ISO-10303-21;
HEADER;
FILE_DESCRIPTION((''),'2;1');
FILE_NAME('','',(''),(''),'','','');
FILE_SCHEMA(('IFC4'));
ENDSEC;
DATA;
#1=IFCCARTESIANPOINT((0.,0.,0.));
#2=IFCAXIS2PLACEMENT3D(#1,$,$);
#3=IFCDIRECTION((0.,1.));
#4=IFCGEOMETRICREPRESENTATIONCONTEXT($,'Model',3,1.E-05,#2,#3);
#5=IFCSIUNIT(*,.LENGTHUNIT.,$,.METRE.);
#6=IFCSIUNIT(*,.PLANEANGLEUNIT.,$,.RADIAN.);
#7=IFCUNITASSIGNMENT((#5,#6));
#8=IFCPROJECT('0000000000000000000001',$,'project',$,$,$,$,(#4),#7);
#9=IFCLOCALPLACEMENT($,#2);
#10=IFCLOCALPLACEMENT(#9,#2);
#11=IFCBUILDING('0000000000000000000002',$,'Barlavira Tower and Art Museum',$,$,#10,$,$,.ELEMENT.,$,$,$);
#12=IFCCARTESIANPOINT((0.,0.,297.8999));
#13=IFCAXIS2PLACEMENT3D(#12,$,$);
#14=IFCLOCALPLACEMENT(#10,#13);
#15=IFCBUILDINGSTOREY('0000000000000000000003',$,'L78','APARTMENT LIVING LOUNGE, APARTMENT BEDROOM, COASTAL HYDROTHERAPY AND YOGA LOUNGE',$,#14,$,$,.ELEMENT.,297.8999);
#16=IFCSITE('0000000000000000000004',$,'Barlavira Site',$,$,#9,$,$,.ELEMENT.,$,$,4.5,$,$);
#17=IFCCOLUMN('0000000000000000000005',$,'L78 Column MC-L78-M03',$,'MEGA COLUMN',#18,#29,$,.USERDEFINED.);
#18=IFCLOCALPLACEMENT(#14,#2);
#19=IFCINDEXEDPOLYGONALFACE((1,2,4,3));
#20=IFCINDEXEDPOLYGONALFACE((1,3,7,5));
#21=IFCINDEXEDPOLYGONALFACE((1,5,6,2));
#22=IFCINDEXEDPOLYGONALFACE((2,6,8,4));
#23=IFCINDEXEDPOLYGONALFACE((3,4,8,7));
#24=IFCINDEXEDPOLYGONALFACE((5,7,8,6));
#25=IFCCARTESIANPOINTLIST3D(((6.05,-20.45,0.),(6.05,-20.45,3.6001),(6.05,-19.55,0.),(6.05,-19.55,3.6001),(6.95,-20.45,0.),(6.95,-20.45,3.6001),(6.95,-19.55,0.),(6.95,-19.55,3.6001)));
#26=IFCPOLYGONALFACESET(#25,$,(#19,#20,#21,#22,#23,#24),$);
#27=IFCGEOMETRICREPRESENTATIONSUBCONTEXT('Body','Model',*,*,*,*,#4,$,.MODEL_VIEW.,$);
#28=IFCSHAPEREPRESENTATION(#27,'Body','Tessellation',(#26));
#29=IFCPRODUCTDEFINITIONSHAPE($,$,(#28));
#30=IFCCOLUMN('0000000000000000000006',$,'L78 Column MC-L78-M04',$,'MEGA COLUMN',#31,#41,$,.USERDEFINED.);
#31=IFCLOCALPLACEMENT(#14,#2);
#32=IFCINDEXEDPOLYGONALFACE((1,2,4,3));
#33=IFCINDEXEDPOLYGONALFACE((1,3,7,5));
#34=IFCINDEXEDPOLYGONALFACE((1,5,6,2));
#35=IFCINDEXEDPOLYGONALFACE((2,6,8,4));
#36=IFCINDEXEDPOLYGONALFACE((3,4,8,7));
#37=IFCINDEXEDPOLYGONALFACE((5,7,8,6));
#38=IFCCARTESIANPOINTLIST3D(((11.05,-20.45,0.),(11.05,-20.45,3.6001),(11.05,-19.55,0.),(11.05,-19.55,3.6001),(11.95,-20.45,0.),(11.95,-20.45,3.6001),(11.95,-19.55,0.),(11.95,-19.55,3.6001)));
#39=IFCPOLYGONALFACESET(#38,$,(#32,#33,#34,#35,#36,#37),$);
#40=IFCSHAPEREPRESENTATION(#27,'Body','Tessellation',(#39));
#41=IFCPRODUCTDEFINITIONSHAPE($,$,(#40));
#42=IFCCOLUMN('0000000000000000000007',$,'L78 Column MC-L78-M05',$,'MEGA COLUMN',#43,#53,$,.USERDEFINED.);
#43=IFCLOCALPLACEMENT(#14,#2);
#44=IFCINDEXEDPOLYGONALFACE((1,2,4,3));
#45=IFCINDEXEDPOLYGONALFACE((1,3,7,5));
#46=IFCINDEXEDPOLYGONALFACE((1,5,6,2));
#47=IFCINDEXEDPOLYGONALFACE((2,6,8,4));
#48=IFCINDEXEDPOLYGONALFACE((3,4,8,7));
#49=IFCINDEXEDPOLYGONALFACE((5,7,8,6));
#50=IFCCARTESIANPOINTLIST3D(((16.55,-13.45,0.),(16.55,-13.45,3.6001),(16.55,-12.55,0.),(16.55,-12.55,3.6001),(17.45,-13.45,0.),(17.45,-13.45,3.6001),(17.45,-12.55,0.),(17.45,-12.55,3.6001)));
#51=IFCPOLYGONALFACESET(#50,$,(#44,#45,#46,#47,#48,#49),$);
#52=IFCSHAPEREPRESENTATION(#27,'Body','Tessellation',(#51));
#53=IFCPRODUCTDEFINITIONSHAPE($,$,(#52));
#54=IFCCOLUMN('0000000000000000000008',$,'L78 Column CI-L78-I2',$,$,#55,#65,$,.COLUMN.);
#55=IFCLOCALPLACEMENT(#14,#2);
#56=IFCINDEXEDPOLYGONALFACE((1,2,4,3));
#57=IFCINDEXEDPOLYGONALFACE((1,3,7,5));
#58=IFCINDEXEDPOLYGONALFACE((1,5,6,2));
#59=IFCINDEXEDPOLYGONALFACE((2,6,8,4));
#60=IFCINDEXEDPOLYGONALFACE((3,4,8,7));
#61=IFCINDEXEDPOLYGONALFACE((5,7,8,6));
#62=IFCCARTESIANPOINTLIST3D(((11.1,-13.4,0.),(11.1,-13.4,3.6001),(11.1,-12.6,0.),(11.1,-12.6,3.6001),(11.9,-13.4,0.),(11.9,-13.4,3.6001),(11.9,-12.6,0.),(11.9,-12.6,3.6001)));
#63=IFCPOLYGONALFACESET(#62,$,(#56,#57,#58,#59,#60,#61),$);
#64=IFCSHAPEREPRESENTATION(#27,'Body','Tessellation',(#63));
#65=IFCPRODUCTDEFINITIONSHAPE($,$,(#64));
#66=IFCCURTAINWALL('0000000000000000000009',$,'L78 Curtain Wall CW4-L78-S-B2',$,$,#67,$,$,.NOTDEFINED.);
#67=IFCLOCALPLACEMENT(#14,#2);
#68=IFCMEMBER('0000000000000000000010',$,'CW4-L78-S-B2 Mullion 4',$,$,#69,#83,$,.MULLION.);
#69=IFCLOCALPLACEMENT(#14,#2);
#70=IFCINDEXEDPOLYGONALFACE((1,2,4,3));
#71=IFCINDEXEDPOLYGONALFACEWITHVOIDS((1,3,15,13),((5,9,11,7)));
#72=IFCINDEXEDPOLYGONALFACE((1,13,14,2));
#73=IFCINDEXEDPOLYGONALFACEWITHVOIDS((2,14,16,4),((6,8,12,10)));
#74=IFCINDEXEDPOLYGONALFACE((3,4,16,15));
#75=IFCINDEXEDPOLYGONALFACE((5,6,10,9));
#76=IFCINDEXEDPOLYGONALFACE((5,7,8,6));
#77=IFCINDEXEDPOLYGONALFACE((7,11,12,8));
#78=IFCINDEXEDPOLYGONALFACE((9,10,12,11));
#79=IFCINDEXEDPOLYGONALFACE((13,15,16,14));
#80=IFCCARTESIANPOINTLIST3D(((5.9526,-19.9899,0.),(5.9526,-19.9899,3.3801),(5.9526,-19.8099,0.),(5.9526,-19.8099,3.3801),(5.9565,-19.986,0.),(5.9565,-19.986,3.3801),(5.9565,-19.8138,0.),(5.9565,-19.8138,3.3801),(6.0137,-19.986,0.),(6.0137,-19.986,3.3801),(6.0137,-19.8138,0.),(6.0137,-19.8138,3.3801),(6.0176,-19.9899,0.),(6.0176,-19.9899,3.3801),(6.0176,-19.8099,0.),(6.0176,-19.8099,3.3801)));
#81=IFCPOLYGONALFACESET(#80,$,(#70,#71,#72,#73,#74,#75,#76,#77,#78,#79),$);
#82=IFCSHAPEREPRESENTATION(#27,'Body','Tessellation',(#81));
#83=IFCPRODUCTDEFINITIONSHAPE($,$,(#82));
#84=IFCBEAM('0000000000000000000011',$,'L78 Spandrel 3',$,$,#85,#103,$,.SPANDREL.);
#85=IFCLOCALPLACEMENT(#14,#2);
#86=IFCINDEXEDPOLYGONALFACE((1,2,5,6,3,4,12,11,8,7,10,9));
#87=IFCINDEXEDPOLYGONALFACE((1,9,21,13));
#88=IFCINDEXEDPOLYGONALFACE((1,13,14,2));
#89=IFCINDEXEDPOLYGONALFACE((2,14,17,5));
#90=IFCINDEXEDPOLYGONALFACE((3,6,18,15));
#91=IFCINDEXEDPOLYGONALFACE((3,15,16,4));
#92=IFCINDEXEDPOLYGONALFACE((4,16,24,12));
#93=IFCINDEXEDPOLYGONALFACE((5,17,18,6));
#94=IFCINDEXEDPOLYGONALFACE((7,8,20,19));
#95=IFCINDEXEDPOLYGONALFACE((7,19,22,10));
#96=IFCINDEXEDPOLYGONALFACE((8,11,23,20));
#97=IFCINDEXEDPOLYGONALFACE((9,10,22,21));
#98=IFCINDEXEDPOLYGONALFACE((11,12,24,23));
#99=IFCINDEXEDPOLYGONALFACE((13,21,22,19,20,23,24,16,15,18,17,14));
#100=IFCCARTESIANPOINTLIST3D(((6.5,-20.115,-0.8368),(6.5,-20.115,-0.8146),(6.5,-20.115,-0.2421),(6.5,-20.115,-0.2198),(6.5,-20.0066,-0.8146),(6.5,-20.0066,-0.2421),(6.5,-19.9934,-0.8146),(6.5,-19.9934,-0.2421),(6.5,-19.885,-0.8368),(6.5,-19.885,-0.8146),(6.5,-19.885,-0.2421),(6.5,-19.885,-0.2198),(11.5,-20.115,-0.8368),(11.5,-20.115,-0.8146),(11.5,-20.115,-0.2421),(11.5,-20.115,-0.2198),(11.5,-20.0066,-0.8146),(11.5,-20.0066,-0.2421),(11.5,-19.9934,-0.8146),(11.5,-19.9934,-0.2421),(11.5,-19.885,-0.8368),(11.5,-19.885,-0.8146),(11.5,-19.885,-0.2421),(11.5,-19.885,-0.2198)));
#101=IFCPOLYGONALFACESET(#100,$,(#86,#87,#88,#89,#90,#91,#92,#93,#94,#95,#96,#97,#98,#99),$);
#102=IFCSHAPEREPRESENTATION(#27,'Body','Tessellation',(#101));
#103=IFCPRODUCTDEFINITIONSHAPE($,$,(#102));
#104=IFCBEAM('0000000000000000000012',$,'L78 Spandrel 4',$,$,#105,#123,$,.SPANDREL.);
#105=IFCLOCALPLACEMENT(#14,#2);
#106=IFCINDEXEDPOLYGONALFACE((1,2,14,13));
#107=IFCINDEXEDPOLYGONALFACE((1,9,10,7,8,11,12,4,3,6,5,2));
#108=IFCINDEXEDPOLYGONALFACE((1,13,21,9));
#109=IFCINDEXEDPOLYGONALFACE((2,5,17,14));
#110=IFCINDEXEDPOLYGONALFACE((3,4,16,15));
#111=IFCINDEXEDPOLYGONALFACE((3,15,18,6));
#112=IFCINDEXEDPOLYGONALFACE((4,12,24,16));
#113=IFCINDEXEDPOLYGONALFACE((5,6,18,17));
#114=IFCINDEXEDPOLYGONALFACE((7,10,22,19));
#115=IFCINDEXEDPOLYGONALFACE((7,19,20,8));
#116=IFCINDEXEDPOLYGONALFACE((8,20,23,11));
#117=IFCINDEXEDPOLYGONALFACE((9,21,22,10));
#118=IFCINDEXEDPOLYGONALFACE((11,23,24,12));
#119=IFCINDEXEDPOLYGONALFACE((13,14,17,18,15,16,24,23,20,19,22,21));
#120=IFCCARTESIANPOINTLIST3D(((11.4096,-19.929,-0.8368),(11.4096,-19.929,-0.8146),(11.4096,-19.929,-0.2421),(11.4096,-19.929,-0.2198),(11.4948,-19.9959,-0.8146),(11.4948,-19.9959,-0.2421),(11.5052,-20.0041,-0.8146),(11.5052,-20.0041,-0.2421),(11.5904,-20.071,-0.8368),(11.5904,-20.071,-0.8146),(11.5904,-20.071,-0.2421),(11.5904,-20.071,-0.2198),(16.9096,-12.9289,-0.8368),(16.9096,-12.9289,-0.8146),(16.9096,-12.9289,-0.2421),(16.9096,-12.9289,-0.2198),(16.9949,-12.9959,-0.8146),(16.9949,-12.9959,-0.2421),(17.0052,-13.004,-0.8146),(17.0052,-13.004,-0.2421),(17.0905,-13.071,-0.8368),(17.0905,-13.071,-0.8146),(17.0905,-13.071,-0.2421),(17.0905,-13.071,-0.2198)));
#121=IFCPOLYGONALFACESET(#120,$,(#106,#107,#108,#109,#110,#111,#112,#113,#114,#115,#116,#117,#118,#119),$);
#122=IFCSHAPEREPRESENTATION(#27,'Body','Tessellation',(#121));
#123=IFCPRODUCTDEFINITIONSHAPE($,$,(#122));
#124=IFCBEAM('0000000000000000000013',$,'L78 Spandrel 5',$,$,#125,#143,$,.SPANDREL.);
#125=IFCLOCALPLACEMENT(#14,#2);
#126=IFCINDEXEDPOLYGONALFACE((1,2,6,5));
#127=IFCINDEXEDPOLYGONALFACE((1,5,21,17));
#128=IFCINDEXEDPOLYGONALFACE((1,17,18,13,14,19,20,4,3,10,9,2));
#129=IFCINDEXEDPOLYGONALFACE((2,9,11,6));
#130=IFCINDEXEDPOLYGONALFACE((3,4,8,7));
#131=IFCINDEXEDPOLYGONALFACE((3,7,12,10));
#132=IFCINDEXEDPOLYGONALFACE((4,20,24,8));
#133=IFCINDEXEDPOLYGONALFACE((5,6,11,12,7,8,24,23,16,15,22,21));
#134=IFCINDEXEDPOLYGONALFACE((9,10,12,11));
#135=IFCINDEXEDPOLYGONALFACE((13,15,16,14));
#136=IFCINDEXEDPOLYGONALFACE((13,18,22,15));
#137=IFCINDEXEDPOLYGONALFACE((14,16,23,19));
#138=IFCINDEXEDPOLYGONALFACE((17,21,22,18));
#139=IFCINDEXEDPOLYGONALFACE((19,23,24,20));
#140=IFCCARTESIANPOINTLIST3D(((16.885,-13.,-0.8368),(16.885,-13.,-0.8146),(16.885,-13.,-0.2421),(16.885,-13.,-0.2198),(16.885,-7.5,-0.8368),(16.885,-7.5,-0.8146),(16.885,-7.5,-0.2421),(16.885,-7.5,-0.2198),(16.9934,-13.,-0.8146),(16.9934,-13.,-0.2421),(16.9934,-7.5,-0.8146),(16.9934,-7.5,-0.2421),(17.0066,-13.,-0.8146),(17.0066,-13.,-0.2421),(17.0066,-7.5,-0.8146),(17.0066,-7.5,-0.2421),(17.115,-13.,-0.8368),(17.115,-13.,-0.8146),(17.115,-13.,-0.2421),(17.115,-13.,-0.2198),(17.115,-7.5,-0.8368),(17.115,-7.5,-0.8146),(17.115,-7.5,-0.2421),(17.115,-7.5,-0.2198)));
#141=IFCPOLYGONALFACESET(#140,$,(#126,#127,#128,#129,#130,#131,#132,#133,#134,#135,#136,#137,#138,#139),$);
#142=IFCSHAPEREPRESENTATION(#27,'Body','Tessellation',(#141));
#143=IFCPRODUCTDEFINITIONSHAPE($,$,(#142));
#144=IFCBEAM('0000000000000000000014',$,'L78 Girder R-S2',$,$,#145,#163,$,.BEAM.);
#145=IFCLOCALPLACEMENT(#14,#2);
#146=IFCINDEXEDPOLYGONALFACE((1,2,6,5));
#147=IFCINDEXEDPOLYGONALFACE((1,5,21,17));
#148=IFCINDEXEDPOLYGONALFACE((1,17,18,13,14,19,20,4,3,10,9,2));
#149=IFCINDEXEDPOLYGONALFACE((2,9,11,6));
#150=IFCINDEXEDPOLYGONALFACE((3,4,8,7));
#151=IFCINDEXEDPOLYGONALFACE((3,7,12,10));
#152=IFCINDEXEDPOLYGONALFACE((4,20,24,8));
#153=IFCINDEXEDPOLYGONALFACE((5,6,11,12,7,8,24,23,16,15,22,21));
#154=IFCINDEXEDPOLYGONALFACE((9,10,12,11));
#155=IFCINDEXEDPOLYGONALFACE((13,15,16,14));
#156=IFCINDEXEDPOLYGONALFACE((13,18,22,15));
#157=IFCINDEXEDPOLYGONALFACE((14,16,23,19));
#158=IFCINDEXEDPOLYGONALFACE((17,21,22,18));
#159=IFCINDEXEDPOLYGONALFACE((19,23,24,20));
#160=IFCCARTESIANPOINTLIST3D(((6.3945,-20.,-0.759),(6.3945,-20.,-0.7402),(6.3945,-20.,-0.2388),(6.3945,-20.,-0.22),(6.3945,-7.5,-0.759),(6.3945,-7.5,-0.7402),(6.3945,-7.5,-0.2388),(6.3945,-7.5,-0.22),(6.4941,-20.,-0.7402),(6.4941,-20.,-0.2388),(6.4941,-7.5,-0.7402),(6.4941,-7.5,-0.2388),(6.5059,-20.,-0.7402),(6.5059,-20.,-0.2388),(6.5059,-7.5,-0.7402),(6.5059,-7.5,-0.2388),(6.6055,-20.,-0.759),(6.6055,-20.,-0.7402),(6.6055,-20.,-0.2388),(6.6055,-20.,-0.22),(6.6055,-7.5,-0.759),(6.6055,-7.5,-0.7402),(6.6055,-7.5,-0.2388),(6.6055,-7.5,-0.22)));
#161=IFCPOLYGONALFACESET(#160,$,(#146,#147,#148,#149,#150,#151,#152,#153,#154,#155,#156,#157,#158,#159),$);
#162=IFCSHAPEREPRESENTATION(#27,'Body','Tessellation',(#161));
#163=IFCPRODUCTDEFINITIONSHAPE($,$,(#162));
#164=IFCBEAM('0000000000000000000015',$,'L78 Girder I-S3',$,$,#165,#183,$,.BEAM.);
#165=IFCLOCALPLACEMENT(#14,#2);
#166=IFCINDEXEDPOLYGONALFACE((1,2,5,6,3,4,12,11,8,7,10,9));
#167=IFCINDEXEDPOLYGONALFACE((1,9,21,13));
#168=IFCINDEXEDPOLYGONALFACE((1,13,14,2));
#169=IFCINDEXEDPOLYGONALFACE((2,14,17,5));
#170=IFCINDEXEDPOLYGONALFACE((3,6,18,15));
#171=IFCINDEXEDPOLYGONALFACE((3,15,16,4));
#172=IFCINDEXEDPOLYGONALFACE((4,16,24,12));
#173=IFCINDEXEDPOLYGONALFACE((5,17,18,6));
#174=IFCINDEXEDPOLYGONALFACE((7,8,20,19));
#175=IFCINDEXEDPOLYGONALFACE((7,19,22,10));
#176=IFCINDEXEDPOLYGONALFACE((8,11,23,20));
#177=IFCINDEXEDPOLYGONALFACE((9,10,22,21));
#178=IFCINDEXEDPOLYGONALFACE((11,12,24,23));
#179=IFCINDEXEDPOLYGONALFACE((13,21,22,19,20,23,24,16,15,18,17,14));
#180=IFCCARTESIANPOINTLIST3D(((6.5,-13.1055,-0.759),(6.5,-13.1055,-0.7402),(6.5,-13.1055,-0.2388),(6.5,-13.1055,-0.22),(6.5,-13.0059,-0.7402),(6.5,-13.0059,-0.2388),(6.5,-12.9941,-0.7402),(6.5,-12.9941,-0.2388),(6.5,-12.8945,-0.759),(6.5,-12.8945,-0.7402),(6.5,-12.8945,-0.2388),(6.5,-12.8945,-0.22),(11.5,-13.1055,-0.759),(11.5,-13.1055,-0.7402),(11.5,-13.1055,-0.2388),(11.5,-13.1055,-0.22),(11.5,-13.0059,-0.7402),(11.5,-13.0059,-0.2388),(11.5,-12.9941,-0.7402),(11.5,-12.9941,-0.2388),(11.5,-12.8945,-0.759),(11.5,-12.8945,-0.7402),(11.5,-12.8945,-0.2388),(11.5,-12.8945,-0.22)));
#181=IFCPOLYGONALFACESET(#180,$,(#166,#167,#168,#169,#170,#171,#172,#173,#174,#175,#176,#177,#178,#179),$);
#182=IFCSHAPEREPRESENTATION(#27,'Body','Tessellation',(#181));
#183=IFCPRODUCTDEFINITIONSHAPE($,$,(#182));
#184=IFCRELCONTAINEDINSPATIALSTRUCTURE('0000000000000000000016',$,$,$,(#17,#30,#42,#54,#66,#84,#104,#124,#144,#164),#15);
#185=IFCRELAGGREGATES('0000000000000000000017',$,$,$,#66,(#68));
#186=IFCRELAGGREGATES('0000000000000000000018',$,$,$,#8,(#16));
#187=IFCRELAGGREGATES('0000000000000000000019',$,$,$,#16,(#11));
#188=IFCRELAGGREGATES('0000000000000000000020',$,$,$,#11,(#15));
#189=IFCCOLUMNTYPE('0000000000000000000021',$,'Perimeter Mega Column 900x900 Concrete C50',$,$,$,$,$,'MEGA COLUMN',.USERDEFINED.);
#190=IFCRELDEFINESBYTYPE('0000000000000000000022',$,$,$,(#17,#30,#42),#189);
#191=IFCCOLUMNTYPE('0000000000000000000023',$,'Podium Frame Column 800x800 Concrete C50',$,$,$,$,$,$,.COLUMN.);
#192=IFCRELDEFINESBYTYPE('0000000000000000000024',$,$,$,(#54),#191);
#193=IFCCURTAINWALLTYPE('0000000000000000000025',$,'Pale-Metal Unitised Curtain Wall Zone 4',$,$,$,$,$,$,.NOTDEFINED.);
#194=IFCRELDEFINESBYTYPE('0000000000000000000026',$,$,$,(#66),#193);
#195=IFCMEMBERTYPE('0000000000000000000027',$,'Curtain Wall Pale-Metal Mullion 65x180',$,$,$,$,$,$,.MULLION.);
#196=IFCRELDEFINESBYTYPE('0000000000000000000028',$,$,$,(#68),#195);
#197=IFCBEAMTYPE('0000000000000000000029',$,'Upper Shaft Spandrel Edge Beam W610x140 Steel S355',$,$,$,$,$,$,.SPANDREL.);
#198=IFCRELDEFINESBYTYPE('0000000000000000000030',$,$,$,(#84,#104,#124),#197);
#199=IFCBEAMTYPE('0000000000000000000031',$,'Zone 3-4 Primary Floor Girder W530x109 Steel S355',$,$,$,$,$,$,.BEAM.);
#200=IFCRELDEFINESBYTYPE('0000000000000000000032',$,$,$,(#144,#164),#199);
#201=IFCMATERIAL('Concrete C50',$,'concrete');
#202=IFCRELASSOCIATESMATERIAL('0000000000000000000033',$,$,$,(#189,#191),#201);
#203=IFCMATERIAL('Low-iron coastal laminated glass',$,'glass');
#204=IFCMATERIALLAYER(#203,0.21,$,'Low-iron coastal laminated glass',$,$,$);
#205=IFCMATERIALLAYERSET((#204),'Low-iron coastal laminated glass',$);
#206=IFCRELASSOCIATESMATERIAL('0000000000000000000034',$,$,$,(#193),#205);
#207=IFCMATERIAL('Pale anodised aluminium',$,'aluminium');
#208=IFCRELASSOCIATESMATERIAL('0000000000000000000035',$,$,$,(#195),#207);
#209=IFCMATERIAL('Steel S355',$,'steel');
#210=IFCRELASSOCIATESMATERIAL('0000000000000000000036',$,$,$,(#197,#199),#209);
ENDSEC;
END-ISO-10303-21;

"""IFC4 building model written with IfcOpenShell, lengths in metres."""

from ifc_helpers import new_model, si_unit, direction, frame, origin, origin_2d, place, context, subcontext, project, spatial, rectangle, hollow_rectangle, i_section, extrude, material, layer, layer_set, material_profile, profile_set, type_object, element, aggregate, save


model = new_model("IFC4")

# Units and contexts
model_context = context("Model", 3, precision=1e-05, world=origin(), true_north=direction((0.0, 1.0)))
body_context = subcontext(model_context, "Body", "Model", "MODEL_VIEW")
ifc_project = project(units=[si_unit("LENGTHUNIT", "METRE"), si_unit("PLANEANGLEUNIT", "RADIAN")], contexts=[model_context])

# Site, building, storey
site_placement = place(None, origin())
site = spatial("IfcSite", under=ifc_project, at=site_placement, Name="Barlavira Site", CompositionType="ELEMENT", RefElevation=4.5)
building_placement = place(site_placement, origin())
building = spatial("IfcBuilding", under=site, at=building_placement, Name="Barlavira Tower and Art Museum", CompositionType="ELEMENT")
storey_placement = place(building_placement, frame((0.0, 0.0, 297.8999)))
storey = spatial("IfcBuildingStorey", under=building, at=storey_placement, Name="L78", Description="APARTMENT LIVING LOUNGE, APARTMENT BEDROOM, COASTAL HYDROTHERAPY AND YOGA LOUNGE", CompositionType="ELEMENT", Elevation=297.8999)

# Columns
ifc_material_1 = material(Name="Concrete C50", Category="concrete")
ifc_material_profile_1 = material_profile(ifc_material_1, rectangle(XDim=0.8999, YDim=0.8999, at=origin_2d()), Name="RC-COL 900x900")
ifc_profile_set_1 = profile_set([ifc_material_profile_1], Name="Concrete C50")
column_type_1 = type_object("IfcColumnType", Name="Perimeter Mega Column 900x900 Concrete C50", ElementType="MEGA COLUMN", PredefinedType="USERDEFINED", material=ifc_profile_set_1)
for number, where, z_axis, x_axis, name in (
    (1, (6.5, -20.0, 0.0), (0.0, 0.0, 1.0), (1.0, 0.0, 0.0), "L78 Column MC-L78-M03"),
    (2, (11.5, -20.0, 0.0), (0.0, 0.0, 1.0), (1.0, 0.0, 0.0), "L78 Column MC-L78-M04"),
    (3, (17.0, -13.0, 0.0), (0.0, 0.0, 1.0), (1.0, 0.0, 0.0), "L78 Column MC-L78-M05"),
):
    element("IfcColumn", number, at=place(storey_placement, frame(where, z_axis=z_axis, x_axis=x_axis)), inside=storey, type_object=column_type_1, Name=name, ObjectType="MEGA COLUMN", PredefinedType="USERDEFINED", context=body_context, shape_type="SweptSolid", body=[
        extrude(rectangle(XDim=0.8999, YDim=0.8999, at=origin_2d()), origin(), (0.0, 0.0, 1.0), 3.6001),
    ])
ifc_material_profile_2 = material_profile(ifc_material_1, rectangle(XDim=0.8, YDim=0.8, at=origin_2d()), Name="RC-COL 800x800")
ifc_profile_set_2 = profile_set([ifc_material_profile_2], Name="Concrete C50")
column_type_2 = type_object("IfcColumnType", Name="Podium Frame Column 800x800 Concrete C50", PredefinedType="COLUMN", material=ifc_profile_set_2)
column_placement = place(storey_placement, frame((11.5, -13.0, 0.0), z_axis=(0.0, 0.0, 1.0), x_axis=(1.0, 0.0, 0.0)))
element("IfcColumn", 4, at=column_placement, inside=storey, type_object=column_type_2, Name="L78 Column CI-L78-I2", PredefinedType="COLUMN", context=body_context, shape_type="SweptSolid", body=[
    extrude(rectangle(XDim=0.8, YDim=0.8, at=origin_2d()), origin(), (0.0, 0.0, 1.0), 3.6001),
])

# Curtain wall, member
ifc_material_2 = material(Name="Low-iron coastal laminated glass", Category="glass")
ifc_layer_1 = layer(ifc_material_2, 0.21, Name="Low-iron coastal laminated glass")
ifc_layer_set_1 = layer_set([ifc_layer_1], Name="Low-iron coastal laminated glass")
curtain_wall_type = type_object("IfcCurtainWallType", Name="Pale-Metal Unitised Curtain Wall Zone 4", PredefinedType="NOTDEFINED", material=ifc_layer_set_1)
curtain_wall_placement = place(storey_placement, origin())
curtain_wall = element("IfcCurtainWall", 5, at=curtain_wall_placement, inside=storey, type_object=curtain_wall_type, Name="L78 Curtain Wall CW4-L78-S-B2", PredefinedType="NOTDEFINED")
ifc_material_3 = material(Name="Pale anodised aluminium", Category="aluminium")
ifc_material_profile_3 = material_profile(ifc_material_3, hollow_rectangle(XDim=0.0649, YDim=0.1799, WallThickness=0.0039, at=origin_2d()), Name="ALU-MULL 65x180x4")
ifc_profile_set_3 = profile_set([ifc_material_profile_3], Name="Pale anodised aluminium")
member_type = type_object("IfcMemberType", Name="Curtain Wall Pale-Metal Mullion 65x180", PredefinedType="MULLION", material=ifc_profile_set_3)
member_placement = place(storey_placement, frame((5.9851, -19.8999, 0.0), z_axis=(0.0, 0.0, 1.0), x_axis=(1.0, 0.0, 0.0)))
member = element("IfcMember", 6, at=member_placement, type_object=member_type, Name="CW4-L78-S-B2 Mullion 4", PredefinedType="MULLION", context=body_context, shape_type="SweptSolid", body=[
    extrude(hollow_rectangle(XDim=0.0649, YDim=0.1799, WallThickness=0.0039, at=origin_2d()), origin(), (0.0, 0.0, 1.0), 3.3801),
])
aggregate(curtain_wall, [member])

# Beams
ifc_material_4 = material(Name="Steel S355", Category="steel")
ifc_material_profile_4 = material_profile(ifc_material_4, i_section(OverallWidth=0.23, OverallDepth=0.6169, WebThickness=0.0132, FlangeThickness=0.0222, at=origin_2d()), Name="W610x140.0")
ifc_profile_set_4 = profile_set([ifc_material_profile_4], Name="Steel S355")
beam_type_1 = type_object("IfcBeamType", Name="Upper Shaft Spandrel Edge Beam W610x140 Steel S355", PredefinedType="SPANDREL", material=ifc_profile_set_4)
beam_1_placement = place(storey_placement, frame((6.5, -20.0, -0.5283), z_axis=(1.0, 0.0, 0.0), x_axis=(0.0, 1.0, 0.0)))
element("IfcBeam", 7, at=beam_1_placement, inside=storey, type_object=beam_type_1, Name="L78 Spandrel 3", PredefinedType="SPANDREL", context=body_context, shape_type="SweptSolid", body=[
    extrude(i_section(OverallWidth=0.23, OverallDepth=0.6169, WebThickness=0.0132, FlangeThickness=0.0222, at=origin_2d()), origin(), (0.0, 0.0, 1.0), 5.0),
])
beam_2_placement = place(storey_placement, frame((11.5, -20.0, -0.5283), z_axis=(0.617822, 0.786318, 0.0), x_axis=(-0.786318, 0.617822, 0.0)))
element("IfcBeam", 8, at=beam_2_placement, inside=storey, type_object=beam_type_1, Name="L78 Spandrel 4", PredefinedType="SPANDREL", context=body_context, shape_type="SweptSolid", body=[
    extrude(i_section(OverallWidth=0.23, OverallDepth=0.6169, WebThickness=0.0132, FlangeThickness=0.0222, at=origin_2d()), origin(), (0.0, 0.0, 1.0), 8.9023),
])
beam_3_placement = place(storey_placement, frame((17.0, -13.0, -0.5283), z_axis=(0.0, 1.0, 0.0), x_axis=(-1.0, 0.0, 0.0)))
element("IfcBeam", 9, at=beam_3_placement, inside=storey, type_object=beam_type_1, Name="L78 Spandrel 5", PredefinedType="SPANDREL", context=body_context, shape_type="SweptSolid", body=[
    extrude(i_section(OverallWidth=0.23, OverallDepth=0.6169, WebThickness=0.0132, FlangeThickness=0.0222, at=origin_2d()), origin(), (0.0, 0.0, 1.0), 5.5),
])
ifc_material_profile_5 = material_profile(ifc_material_4, i_section(OverallWidth=0.2109, OverallDepth=0.5391, WebThickness=0.0117, FlangeThickness=0.0188, at=origin_2d()), Name="W530x109.0")
ifc_profile_set_5 = profile_set([ifc_material_profile_5], Name="Steel S355")
beam_type_2 = type_object("IfcBeamType", Name="Zone 3-4 Primary Floor Girder W530x109 Steel S355", PredefinedType="BEAM", material=ifc_profile_set_5)
beam_4_placement = place(storey_placement, frame((6.5, -20.0, -0.4895), z_axis=(0.0, 1.0, 0.0), x_axis=(-1.0, 0.0, 0.0)))
element("IfcBeam", 10, at=beam_4_placement, inside=storey, type_object=beam_type_2, Name="L78 Girder R-S2", PredefinedType="BEAM", context=body_context, shape_type="SweptSolid", body=[
    extrude(i_section(OverallWidth=0.2109, OverallDepth=0.5391, WebThickness=0.0117, FlangeThickness=0.0188, at=origin_2d()), origin(), (0.0, 0.0, 1.0), 12.5),
])
beam_5_placement = place(storey_placement, frame((6.5, -13.0, -0.4895), z_axis=(1.0, 0.0, 0.0), x_axis=(0.0, 1.0, 0.0)))
element("IfcBeam", 11, at=beam_5_placement, inside=storey, type_object=beam_type_2, Name="L78 Girder I-S3", PredefinedType="BEAM", context=body_context, shape_type="SweptSolid", body=[
    extrude(i_section(OverallWidth=0.2109, OverallDepth=0.5391, WebThickness=0.0117, FlangeThickness=0.0188, at=origin_2d()), origin(), (0.0, 0.0, 1.0), 5.0),
])

save(model, "model.ifc")
